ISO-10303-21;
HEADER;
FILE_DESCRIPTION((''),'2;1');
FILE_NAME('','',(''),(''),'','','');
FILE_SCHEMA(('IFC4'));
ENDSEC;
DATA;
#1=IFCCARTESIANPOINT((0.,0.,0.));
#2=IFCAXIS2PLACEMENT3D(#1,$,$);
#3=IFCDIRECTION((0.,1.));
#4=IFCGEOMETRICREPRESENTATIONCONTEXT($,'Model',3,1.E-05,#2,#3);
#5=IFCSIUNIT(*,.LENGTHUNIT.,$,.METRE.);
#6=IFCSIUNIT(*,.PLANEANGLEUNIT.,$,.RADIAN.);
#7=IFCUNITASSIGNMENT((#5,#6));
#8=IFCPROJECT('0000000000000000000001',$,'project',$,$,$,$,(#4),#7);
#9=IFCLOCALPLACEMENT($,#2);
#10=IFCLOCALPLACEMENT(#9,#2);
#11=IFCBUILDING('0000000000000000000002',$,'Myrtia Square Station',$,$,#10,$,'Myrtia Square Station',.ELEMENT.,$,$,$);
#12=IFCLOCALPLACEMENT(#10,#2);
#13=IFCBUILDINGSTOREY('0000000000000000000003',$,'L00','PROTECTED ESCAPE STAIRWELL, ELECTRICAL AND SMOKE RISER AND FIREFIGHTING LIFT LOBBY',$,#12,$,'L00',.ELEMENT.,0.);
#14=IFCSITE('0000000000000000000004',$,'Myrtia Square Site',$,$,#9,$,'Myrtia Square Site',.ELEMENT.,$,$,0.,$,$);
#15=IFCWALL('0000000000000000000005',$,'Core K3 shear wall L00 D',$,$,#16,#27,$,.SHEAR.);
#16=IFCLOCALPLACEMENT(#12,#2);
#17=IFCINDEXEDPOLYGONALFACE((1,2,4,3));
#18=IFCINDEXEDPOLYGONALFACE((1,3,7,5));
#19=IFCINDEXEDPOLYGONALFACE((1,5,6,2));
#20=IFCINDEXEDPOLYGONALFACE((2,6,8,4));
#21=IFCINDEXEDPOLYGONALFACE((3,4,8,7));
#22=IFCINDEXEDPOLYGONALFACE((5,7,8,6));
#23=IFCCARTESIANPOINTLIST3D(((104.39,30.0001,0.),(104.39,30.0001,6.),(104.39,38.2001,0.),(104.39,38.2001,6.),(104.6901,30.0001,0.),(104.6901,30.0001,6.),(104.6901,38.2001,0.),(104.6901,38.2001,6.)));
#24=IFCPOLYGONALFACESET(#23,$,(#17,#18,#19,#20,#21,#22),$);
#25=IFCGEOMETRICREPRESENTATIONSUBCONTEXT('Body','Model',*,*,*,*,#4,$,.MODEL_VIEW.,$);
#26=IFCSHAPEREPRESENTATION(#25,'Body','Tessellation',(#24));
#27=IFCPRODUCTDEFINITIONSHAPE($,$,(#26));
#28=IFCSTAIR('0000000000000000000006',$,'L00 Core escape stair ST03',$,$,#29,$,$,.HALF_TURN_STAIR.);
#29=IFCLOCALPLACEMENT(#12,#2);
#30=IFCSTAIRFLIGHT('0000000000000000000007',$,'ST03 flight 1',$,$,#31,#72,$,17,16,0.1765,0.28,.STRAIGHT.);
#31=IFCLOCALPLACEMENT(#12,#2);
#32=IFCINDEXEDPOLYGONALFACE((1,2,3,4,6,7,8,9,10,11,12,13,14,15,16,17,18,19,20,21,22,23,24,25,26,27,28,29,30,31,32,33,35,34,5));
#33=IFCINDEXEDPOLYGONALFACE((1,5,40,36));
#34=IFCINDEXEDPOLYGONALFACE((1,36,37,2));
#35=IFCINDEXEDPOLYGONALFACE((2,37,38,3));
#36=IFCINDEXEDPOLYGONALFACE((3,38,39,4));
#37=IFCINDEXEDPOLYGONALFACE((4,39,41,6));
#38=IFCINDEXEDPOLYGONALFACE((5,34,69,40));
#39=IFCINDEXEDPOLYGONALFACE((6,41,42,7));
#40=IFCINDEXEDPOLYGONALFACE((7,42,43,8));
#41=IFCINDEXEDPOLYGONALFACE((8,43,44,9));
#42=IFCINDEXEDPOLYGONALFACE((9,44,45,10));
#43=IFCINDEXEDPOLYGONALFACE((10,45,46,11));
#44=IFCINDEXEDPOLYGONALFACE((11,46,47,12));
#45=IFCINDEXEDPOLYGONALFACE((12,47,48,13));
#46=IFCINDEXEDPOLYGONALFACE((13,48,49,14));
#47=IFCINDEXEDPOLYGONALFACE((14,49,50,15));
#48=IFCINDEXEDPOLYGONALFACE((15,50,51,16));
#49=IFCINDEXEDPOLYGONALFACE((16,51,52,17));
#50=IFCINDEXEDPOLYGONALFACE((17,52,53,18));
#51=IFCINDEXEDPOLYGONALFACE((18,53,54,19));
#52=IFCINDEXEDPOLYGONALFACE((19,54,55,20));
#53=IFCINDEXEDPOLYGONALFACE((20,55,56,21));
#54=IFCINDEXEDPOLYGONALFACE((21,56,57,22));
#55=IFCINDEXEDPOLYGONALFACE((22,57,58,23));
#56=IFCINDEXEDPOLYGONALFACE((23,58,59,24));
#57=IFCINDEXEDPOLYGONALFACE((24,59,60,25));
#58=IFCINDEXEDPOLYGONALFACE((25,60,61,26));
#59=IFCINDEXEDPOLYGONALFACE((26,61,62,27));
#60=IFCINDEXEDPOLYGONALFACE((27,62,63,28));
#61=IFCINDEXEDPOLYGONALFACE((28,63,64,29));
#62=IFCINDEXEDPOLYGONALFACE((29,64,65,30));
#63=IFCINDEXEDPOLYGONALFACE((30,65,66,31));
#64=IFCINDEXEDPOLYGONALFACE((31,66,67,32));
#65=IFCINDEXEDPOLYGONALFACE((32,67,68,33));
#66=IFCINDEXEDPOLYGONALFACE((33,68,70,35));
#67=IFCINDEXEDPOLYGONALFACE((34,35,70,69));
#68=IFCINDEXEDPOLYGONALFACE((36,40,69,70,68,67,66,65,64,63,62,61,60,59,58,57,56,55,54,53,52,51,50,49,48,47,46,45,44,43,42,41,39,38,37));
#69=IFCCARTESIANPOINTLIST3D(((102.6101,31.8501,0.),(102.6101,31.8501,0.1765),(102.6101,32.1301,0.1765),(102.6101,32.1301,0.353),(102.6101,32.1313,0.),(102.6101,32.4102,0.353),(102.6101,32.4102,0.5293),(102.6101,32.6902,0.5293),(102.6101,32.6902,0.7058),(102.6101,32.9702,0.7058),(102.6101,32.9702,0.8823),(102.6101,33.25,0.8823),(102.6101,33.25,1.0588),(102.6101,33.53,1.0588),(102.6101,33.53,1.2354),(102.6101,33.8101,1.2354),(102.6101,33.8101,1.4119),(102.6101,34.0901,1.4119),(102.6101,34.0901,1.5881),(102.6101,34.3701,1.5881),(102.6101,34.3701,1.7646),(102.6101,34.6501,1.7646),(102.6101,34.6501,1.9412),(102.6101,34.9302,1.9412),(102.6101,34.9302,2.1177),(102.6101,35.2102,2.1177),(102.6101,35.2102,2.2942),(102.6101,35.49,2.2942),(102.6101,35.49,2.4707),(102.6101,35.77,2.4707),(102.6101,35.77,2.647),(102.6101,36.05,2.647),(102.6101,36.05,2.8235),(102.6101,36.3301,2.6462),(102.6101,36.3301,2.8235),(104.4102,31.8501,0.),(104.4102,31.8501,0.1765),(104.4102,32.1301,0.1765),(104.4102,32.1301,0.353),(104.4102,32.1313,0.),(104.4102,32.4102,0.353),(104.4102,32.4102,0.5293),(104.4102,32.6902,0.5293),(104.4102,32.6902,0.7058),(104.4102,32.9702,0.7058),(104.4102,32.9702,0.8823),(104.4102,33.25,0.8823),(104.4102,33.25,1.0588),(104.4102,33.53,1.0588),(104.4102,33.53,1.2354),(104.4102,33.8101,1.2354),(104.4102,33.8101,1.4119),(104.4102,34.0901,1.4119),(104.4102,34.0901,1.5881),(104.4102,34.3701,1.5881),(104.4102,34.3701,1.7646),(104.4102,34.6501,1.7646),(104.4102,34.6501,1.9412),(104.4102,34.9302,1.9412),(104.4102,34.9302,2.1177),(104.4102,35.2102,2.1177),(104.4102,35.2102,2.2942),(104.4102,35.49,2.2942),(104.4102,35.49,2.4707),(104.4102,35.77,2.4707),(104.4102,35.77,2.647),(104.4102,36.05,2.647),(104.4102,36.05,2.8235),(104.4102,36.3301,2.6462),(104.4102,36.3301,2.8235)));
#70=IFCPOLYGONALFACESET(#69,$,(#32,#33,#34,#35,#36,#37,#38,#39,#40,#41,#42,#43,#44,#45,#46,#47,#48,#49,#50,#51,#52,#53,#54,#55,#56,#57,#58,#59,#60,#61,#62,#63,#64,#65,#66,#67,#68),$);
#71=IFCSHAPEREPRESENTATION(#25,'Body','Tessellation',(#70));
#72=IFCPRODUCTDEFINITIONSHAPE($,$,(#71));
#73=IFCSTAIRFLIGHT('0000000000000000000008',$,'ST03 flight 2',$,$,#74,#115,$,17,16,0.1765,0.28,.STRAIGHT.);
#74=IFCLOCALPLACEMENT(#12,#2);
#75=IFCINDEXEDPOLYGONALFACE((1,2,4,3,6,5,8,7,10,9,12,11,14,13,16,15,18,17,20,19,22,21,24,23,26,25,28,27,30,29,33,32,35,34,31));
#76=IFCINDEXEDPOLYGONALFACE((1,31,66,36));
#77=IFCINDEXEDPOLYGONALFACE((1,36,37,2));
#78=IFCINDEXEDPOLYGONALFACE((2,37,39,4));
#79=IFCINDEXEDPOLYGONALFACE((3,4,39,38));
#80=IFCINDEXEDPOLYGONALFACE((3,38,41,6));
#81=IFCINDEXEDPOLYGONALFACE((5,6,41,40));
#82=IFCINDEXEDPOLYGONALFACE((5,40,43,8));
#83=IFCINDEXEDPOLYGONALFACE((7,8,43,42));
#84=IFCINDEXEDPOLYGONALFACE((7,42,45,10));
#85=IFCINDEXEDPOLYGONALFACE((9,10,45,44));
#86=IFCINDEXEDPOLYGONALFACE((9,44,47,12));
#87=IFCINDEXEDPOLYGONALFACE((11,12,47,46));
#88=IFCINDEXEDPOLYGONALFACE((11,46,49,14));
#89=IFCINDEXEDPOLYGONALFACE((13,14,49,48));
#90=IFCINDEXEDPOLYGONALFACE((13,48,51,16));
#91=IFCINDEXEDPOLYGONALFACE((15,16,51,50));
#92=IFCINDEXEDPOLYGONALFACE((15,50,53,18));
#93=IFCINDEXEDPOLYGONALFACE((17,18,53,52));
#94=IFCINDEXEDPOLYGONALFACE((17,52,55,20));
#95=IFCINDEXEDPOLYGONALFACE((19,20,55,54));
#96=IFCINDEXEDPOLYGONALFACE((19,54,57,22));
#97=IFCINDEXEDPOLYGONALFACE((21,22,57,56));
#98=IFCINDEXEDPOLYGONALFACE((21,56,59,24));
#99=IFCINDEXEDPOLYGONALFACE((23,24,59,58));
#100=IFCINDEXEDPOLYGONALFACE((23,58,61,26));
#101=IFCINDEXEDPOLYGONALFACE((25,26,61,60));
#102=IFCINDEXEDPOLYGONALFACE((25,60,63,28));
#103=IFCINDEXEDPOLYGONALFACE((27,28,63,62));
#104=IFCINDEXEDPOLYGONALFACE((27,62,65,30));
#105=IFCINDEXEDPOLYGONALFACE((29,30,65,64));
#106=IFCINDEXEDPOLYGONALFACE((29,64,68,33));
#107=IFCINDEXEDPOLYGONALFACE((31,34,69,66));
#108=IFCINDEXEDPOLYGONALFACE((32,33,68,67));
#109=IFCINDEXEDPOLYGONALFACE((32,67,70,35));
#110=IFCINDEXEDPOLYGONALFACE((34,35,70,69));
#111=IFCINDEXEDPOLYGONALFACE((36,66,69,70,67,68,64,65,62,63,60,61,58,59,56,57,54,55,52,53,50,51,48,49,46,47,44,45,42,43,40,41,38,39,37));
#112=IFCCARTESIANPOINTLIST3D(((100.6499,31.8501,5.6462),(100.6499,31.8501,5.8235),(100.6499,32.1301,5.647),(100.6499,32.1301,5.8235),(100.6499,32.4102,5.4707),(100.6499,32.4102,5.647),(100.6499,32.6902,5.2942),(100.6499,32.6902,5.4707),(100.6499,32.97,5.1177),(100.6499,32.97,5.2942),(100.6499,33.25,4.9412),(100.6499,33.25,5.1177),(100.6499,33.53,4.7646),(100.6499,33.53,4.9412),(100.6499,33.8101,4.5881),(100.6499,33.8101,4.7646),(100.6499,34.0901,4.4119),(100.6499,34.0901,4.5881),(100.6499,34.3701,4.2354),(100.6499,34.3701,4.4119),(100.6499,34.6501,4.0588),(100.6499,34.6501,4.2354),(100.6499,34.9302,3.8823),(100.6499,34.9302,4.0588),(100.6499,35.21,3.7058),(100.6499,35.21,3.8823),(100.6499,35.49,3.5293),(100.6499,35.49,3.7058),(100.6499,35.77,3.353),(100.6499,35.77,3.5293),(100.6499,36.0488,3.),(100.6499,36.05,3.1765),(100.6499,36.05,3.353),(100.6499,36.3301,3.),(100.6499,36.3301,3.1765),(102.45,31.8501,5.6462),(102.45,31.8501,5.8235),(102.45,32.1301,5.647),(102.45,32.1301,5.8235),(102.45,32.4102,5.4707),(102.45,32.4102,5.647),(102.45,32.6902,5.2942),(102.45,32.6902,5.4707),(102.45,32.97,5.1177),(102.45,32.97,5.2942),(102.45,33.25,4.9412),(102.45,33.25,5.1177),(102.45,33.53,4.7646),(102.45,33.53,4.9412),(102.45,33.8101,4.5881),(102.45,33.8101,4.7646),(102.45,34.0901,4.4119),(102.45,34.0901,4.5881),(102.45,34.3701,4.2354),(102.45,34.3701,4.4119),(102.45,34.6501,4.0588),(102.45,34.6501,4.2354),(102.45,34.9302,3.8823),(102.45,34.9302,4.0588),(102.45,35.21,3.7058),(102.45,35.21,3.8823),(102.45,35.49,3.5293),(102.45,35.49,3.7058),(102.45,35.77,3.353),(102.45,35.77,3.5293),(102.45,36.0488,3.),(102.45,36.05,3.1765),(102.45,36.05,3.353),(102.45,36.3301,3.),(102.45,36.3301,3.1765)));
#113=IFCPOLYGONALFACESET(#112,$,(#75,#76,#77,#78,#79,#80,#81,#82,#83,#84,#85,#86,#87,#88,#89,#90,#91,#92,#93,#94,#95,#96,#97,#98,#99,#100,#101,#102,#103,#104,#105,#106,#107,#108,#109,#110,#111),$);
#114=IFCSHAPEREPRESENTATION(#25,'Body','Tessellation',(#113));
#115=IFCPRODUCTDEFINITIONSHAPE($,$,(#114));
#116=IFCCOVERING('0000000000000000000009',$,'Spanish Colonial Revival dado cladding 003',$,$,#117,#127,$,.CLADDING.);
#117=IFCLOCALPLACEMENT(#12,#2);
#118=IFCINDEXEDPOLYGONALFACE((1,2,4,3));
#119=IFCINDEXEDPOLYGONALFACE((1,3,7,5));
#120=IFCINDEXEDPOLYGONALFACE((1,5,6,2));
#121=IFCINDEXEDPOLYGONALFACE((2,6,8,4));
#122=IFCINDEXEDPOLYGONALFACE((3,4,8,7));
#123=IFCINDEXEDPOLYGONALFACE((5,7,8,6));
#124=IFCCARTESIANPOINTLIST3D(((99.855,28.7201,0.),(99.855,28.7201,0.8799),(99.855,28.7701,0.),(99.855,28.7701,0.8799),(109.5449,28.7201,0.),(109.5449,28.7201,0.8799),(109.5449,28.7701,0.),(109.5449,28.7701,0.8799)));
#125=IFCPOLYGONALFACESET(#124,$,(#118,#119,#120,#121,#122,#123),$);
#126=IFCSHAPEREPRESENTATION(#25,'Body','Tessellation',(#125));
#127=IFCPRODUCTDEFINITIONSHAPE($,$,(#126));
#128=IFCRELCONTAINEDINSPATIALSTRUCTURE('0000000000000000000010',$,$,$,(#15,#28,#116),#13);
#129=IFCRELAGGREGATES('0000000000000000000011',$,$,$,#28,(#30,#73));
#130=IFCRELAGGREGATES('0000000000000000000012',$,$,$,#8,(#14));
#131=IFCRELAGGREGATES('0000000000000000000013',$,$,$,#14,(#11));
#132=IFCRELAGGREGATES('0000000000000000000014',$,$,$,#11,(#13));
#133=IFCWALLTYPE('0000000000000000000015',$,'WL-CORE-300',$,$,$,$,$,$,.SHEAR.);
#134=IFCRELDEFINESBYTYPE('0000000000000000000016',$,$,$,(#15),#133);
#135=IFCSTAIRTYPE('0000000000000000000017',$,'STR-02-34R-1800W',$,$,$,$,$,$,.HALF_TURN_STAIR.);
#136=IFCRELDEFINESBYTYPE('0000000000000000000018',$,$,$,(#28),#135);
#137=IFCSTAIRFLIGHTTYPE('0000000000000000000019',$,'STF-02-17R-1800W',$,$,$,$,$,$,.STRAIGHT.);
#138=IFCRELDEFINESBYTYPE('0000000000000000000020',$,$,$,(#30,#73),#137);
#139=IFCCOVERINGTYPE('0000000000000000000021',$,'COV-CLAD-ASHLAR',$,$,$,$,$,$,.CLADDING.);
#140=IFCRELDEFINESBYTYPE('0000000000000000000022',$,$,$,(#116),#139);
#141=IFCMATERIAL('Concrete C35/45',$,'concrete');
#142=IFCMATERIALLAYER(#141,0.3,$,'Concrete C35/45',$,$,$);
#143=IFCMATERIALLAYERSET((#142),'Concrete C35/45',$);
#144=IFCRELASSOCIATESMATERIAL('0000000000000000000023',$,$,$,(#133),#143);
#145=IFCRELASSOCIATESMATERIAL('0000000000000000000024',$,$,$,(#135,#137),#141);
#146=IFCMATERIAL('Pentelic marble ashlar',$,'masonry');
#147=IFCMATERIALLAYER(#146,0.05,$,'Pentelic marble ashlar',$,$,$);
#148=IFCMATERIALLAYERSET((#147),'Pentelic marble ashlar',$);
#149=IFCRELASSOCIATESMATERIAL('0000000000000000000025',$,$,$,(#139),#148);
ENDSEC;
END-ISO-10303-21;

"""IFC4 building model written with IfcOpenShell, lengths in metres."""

from ifc_helpers import new_model, si_unit, direction, frame, frame_2d, origin, origin_2d, place, context, subcontext, project, spatial, polyline, rectangle, outline, extrude, material, layer, layer_set, type_object, element, aggregate, save


model = new_model("IFC4")

# Units and contexts
model_context = context("Model", 3, precision=1e-05, world=origin(), true_north=direction((0.0, 1.0)))
body_context = subcontext(model_context, "Body", "Model", "MODEL_VIEW")
ifc_project = project(units=[si_unit("LENGTHUNIT", "METRE"), si_unit("PLANEANGLEUNIT", "RADIAN")], contexts=[model_context])

# Site, building, storey
site_placement = place(None, origin())
site = spatial("IfcSite", under=ifc_project, at=site_placement, Name="Myrtia Square Site", LongName="Myrtia Square Site", CompositionType="ELEMENT", RefElevation=0.0)
building_placement = place(site_placement, origin())
building = spatial("IfcBuilding", under=site, at=building_placement, Name="Myrtia Square Station", LongName="Myrtia Square Station", CompositionType="ELEMENT")
storey_placement = place(building_placement, origin())
storey = spatial("IfcBuildingStorey", under=building, at=storey_placement, Name="L00", Description="PROTECTED ESCAPE STAIRWELL, ELECTRICAL AND SMOKE RISER AND FIREFIGHTING LIFT LOBBY", LongName="L00", CompositionType="ELEMENT", Elevation=0.0)

# Shared definitions
ifc_material_1 = material(Name="Concrete C35/45", Category="concrete")
ifc_layer_1 = layer(ifc_material_1, 0.3, Name="Concrete C35/45")
ifc_layer_set_1 = layer_set([ifc_layer_1], Name="Concrete C35/45")
wall_type_1 = type_object("IfcWallType", Name="WL-CORE-300", PredefinedType="SHEAR", material=ifc_layer_set_1)

# Wall
wall_1_placement = place(storey_placement, frame((104.54, 30.0, 0.0), z_axis=(0.0, 0.0, 1.0), x_axis=(0.0, 1.0, 0.0)))
element("IfcWall", 1, at=wall_1_placement, inside=storey, type_object=wall_type_1, Name="Core K3 shear wall L00 D", PredefinedType="SHEAR", context=body_context, shape_type="SweptSolid", body=[
    extrude(rectangle(XDim=8.2, YDim=0.3, at=frame_2d((4.1001, 0.0))), origin(), (0.0, 0.0, 1.0), 6.0),
])

# Shared definitions
ifc_material_2 = material(Name="Pentelic marble ashlar", Category="masonry")

# Stair, stair flights
stair_type = type_object("IfcStairType", Name="STR-02-34R-1800W", PredefinedType="HALF_TURN_STAIR", material=ifc_material_1)
stair_placement = place(storey_placement, origin())
stair = element("IfcStair", 2, at=stair_placement, inside=storey, type_object=stair_type, Name="L00 Core escape stair ST03", PredefinedType="HALF_TURN_STAIR")
stair_flight_type = type_object("IfcStairFlightType", Name="STF-02-17R-1800W", PredefinedType="STRAIGHT", material=ifc_material_1)
stair_flight_1_placement = place(storey_placement, frame((103.51, 31.8501, 0.0), z_axis=(0.0, 0.0, 1.0), x_axis=(0.0, 1.0, 0.0)))
stair_flight_1 = element("IfcStairFlight", 3, at=stair_flight_1_placement, type_object=stair_flight_type, Name="ST03 flight 1", NumberOfRisers=17, NumberOfTreads=16, PredefinedType="STRAIGHT", RiserHeight=0.1765, TreadLength=0.28, context=body_context, shape_type="SweptSolid", body=[
    extrude(outline(polyline([(0.0, 0.0), (0.0, 0.1765), (0.28, 0.1765), (0.28, 0.353), (0.5601, 0.353), (0.5601, 0.5293), (0.8401, 0.5293), (0.8401, 0.7058), (1.1201, 0.7058), (1.1201, 0.8823), (1.3999, 0.8823), (1.3999, 1.0588), (1.6799, 1.0588), (1.6799, 1.2354), (1.96, 1.2354), (1.96, 1.4119), (2.24, 1.4119), (2.24, 1.5881), (2.52, 1.5881), (2.52, 1.7646), (2.8, 1.7646), (2.8, 1.9412), (3.0801, 1.9412), (3.0801, 2.1177), (3.3601, 2.1177), (3.3601, 2.2942), (3.6399, 2.2942), (3.6399, 2.4707), (3.9199, 2.4707), (3.9199, 2.647), (4.2, 2.647), (4.2, 2.8235), (4.48, 2.8235), (4.48, 3.0), (4.48, 2.6462), (0.2812, 0.0), (0.0, 0.0)])), frame((0.0, 0.8999, 0.0), z_axis=(0.0, -1.0, 0.0), x_axis=(1.0, 0.0, 0.0)), (0.0, 0.0, 1.0), 1.8),
])
stair_flight_2_placement = place(storey_placement, frame((101.55, 36.3301, 3.0), z_axis=(0.0, 0.0, 1.0), x_axis=(0.0, -1.0, 0.0)))
stair_flight_2 = element("IfcStairFlight", 4, at=stair_flight_2_placement, type_object=stair_flight_type, Name="ST03 flight 2", NumberOfRisers=17, NumberOfTreads=16, PredefinedType="STRAIGHT", RiserHeight=0.1765, TreadLength=0.28, context=body_context, shape_type="SweptSolid", body=[
    extrude(outline(polyline([(0.0, 0.0), (0.0, 0.1765), (0.28, 0.1765), (0.28, 0.353), (0.5601, 0.353), (0.5601, 0.5293), (0.8401, 0.5293), (0.8401, 0.7058), (1.1201, 0.7058), (1.1201, 0.8823), (1.3999, 0.8823), (1.3999, 1.0588), (1.6799, 1.0588), (1.6799, 1.2354), (1.96, 1.2354), (1.96, 1.4119), (2.24, 1.4119), (2.24, 1.5881), (2.52, 1.5881), (2.52, 1.7646), (2.8, 1.7646), (2.8, 1.9412), (3.0801, 1.9412), (3.0801, 2.1177), (3.3601, 2.1177), (3.3601, 2.2942), (3.6399, 2.2942), (3.6399, 2.4707), (3.9199, 2.4707), (3.9199, 2.647), (4.2, 2.647), (4.2, 2.8235), (4.48, 2.8235), (4.48, 3.0), (4.48, 2.6462), (0.2812, 0.0), (0.0, 0.0)])), frame((0.0, 0.8999, 0.0), z_axis=(0.0, -1.0, 0.0), x_axis=(1.0, 0.0, 0.0)), (0.0, 0.0, 1.0), 1.8),
])
aggregate(stair, [stair_flight_1, stair_flight_2])

# Covering
ifc_layer_2 = layer(ifc_material_2, 0.05, Name="Pentelic marble ashlar")
ifc_layer_set_2 = layer_set([ifc_layer_2], Name="Pentelic marble ashlar")
covering_type = type_object("IfcCoveringType", Name="COV-CLAD-ASHLAR", PredefinedType="CLADDING", material=ifc_layer_set_2)
covering_placement = place(storey_placement, frame((104.7, 28.7451, 0.0), z_axis=(0.0, 0.0, 1.0), x_axis=(1.0, 0.0, 0.0)))
element("IfcCovering", 5, at=covering_placement, inside=storey, type_object=covering_type, Name="Spanish Colonial Revival dado cladding 003", PredefinedType="CLADDING", context=body_context, shape_type="SweptSolid", body=[
    extrude(rectangle(XDim=9.6899, YDim=0.05, at=origin_2d()), origin(), (0.0, 0.0, 1.0), 0.8799),
])

save(model, "model.ifc")
